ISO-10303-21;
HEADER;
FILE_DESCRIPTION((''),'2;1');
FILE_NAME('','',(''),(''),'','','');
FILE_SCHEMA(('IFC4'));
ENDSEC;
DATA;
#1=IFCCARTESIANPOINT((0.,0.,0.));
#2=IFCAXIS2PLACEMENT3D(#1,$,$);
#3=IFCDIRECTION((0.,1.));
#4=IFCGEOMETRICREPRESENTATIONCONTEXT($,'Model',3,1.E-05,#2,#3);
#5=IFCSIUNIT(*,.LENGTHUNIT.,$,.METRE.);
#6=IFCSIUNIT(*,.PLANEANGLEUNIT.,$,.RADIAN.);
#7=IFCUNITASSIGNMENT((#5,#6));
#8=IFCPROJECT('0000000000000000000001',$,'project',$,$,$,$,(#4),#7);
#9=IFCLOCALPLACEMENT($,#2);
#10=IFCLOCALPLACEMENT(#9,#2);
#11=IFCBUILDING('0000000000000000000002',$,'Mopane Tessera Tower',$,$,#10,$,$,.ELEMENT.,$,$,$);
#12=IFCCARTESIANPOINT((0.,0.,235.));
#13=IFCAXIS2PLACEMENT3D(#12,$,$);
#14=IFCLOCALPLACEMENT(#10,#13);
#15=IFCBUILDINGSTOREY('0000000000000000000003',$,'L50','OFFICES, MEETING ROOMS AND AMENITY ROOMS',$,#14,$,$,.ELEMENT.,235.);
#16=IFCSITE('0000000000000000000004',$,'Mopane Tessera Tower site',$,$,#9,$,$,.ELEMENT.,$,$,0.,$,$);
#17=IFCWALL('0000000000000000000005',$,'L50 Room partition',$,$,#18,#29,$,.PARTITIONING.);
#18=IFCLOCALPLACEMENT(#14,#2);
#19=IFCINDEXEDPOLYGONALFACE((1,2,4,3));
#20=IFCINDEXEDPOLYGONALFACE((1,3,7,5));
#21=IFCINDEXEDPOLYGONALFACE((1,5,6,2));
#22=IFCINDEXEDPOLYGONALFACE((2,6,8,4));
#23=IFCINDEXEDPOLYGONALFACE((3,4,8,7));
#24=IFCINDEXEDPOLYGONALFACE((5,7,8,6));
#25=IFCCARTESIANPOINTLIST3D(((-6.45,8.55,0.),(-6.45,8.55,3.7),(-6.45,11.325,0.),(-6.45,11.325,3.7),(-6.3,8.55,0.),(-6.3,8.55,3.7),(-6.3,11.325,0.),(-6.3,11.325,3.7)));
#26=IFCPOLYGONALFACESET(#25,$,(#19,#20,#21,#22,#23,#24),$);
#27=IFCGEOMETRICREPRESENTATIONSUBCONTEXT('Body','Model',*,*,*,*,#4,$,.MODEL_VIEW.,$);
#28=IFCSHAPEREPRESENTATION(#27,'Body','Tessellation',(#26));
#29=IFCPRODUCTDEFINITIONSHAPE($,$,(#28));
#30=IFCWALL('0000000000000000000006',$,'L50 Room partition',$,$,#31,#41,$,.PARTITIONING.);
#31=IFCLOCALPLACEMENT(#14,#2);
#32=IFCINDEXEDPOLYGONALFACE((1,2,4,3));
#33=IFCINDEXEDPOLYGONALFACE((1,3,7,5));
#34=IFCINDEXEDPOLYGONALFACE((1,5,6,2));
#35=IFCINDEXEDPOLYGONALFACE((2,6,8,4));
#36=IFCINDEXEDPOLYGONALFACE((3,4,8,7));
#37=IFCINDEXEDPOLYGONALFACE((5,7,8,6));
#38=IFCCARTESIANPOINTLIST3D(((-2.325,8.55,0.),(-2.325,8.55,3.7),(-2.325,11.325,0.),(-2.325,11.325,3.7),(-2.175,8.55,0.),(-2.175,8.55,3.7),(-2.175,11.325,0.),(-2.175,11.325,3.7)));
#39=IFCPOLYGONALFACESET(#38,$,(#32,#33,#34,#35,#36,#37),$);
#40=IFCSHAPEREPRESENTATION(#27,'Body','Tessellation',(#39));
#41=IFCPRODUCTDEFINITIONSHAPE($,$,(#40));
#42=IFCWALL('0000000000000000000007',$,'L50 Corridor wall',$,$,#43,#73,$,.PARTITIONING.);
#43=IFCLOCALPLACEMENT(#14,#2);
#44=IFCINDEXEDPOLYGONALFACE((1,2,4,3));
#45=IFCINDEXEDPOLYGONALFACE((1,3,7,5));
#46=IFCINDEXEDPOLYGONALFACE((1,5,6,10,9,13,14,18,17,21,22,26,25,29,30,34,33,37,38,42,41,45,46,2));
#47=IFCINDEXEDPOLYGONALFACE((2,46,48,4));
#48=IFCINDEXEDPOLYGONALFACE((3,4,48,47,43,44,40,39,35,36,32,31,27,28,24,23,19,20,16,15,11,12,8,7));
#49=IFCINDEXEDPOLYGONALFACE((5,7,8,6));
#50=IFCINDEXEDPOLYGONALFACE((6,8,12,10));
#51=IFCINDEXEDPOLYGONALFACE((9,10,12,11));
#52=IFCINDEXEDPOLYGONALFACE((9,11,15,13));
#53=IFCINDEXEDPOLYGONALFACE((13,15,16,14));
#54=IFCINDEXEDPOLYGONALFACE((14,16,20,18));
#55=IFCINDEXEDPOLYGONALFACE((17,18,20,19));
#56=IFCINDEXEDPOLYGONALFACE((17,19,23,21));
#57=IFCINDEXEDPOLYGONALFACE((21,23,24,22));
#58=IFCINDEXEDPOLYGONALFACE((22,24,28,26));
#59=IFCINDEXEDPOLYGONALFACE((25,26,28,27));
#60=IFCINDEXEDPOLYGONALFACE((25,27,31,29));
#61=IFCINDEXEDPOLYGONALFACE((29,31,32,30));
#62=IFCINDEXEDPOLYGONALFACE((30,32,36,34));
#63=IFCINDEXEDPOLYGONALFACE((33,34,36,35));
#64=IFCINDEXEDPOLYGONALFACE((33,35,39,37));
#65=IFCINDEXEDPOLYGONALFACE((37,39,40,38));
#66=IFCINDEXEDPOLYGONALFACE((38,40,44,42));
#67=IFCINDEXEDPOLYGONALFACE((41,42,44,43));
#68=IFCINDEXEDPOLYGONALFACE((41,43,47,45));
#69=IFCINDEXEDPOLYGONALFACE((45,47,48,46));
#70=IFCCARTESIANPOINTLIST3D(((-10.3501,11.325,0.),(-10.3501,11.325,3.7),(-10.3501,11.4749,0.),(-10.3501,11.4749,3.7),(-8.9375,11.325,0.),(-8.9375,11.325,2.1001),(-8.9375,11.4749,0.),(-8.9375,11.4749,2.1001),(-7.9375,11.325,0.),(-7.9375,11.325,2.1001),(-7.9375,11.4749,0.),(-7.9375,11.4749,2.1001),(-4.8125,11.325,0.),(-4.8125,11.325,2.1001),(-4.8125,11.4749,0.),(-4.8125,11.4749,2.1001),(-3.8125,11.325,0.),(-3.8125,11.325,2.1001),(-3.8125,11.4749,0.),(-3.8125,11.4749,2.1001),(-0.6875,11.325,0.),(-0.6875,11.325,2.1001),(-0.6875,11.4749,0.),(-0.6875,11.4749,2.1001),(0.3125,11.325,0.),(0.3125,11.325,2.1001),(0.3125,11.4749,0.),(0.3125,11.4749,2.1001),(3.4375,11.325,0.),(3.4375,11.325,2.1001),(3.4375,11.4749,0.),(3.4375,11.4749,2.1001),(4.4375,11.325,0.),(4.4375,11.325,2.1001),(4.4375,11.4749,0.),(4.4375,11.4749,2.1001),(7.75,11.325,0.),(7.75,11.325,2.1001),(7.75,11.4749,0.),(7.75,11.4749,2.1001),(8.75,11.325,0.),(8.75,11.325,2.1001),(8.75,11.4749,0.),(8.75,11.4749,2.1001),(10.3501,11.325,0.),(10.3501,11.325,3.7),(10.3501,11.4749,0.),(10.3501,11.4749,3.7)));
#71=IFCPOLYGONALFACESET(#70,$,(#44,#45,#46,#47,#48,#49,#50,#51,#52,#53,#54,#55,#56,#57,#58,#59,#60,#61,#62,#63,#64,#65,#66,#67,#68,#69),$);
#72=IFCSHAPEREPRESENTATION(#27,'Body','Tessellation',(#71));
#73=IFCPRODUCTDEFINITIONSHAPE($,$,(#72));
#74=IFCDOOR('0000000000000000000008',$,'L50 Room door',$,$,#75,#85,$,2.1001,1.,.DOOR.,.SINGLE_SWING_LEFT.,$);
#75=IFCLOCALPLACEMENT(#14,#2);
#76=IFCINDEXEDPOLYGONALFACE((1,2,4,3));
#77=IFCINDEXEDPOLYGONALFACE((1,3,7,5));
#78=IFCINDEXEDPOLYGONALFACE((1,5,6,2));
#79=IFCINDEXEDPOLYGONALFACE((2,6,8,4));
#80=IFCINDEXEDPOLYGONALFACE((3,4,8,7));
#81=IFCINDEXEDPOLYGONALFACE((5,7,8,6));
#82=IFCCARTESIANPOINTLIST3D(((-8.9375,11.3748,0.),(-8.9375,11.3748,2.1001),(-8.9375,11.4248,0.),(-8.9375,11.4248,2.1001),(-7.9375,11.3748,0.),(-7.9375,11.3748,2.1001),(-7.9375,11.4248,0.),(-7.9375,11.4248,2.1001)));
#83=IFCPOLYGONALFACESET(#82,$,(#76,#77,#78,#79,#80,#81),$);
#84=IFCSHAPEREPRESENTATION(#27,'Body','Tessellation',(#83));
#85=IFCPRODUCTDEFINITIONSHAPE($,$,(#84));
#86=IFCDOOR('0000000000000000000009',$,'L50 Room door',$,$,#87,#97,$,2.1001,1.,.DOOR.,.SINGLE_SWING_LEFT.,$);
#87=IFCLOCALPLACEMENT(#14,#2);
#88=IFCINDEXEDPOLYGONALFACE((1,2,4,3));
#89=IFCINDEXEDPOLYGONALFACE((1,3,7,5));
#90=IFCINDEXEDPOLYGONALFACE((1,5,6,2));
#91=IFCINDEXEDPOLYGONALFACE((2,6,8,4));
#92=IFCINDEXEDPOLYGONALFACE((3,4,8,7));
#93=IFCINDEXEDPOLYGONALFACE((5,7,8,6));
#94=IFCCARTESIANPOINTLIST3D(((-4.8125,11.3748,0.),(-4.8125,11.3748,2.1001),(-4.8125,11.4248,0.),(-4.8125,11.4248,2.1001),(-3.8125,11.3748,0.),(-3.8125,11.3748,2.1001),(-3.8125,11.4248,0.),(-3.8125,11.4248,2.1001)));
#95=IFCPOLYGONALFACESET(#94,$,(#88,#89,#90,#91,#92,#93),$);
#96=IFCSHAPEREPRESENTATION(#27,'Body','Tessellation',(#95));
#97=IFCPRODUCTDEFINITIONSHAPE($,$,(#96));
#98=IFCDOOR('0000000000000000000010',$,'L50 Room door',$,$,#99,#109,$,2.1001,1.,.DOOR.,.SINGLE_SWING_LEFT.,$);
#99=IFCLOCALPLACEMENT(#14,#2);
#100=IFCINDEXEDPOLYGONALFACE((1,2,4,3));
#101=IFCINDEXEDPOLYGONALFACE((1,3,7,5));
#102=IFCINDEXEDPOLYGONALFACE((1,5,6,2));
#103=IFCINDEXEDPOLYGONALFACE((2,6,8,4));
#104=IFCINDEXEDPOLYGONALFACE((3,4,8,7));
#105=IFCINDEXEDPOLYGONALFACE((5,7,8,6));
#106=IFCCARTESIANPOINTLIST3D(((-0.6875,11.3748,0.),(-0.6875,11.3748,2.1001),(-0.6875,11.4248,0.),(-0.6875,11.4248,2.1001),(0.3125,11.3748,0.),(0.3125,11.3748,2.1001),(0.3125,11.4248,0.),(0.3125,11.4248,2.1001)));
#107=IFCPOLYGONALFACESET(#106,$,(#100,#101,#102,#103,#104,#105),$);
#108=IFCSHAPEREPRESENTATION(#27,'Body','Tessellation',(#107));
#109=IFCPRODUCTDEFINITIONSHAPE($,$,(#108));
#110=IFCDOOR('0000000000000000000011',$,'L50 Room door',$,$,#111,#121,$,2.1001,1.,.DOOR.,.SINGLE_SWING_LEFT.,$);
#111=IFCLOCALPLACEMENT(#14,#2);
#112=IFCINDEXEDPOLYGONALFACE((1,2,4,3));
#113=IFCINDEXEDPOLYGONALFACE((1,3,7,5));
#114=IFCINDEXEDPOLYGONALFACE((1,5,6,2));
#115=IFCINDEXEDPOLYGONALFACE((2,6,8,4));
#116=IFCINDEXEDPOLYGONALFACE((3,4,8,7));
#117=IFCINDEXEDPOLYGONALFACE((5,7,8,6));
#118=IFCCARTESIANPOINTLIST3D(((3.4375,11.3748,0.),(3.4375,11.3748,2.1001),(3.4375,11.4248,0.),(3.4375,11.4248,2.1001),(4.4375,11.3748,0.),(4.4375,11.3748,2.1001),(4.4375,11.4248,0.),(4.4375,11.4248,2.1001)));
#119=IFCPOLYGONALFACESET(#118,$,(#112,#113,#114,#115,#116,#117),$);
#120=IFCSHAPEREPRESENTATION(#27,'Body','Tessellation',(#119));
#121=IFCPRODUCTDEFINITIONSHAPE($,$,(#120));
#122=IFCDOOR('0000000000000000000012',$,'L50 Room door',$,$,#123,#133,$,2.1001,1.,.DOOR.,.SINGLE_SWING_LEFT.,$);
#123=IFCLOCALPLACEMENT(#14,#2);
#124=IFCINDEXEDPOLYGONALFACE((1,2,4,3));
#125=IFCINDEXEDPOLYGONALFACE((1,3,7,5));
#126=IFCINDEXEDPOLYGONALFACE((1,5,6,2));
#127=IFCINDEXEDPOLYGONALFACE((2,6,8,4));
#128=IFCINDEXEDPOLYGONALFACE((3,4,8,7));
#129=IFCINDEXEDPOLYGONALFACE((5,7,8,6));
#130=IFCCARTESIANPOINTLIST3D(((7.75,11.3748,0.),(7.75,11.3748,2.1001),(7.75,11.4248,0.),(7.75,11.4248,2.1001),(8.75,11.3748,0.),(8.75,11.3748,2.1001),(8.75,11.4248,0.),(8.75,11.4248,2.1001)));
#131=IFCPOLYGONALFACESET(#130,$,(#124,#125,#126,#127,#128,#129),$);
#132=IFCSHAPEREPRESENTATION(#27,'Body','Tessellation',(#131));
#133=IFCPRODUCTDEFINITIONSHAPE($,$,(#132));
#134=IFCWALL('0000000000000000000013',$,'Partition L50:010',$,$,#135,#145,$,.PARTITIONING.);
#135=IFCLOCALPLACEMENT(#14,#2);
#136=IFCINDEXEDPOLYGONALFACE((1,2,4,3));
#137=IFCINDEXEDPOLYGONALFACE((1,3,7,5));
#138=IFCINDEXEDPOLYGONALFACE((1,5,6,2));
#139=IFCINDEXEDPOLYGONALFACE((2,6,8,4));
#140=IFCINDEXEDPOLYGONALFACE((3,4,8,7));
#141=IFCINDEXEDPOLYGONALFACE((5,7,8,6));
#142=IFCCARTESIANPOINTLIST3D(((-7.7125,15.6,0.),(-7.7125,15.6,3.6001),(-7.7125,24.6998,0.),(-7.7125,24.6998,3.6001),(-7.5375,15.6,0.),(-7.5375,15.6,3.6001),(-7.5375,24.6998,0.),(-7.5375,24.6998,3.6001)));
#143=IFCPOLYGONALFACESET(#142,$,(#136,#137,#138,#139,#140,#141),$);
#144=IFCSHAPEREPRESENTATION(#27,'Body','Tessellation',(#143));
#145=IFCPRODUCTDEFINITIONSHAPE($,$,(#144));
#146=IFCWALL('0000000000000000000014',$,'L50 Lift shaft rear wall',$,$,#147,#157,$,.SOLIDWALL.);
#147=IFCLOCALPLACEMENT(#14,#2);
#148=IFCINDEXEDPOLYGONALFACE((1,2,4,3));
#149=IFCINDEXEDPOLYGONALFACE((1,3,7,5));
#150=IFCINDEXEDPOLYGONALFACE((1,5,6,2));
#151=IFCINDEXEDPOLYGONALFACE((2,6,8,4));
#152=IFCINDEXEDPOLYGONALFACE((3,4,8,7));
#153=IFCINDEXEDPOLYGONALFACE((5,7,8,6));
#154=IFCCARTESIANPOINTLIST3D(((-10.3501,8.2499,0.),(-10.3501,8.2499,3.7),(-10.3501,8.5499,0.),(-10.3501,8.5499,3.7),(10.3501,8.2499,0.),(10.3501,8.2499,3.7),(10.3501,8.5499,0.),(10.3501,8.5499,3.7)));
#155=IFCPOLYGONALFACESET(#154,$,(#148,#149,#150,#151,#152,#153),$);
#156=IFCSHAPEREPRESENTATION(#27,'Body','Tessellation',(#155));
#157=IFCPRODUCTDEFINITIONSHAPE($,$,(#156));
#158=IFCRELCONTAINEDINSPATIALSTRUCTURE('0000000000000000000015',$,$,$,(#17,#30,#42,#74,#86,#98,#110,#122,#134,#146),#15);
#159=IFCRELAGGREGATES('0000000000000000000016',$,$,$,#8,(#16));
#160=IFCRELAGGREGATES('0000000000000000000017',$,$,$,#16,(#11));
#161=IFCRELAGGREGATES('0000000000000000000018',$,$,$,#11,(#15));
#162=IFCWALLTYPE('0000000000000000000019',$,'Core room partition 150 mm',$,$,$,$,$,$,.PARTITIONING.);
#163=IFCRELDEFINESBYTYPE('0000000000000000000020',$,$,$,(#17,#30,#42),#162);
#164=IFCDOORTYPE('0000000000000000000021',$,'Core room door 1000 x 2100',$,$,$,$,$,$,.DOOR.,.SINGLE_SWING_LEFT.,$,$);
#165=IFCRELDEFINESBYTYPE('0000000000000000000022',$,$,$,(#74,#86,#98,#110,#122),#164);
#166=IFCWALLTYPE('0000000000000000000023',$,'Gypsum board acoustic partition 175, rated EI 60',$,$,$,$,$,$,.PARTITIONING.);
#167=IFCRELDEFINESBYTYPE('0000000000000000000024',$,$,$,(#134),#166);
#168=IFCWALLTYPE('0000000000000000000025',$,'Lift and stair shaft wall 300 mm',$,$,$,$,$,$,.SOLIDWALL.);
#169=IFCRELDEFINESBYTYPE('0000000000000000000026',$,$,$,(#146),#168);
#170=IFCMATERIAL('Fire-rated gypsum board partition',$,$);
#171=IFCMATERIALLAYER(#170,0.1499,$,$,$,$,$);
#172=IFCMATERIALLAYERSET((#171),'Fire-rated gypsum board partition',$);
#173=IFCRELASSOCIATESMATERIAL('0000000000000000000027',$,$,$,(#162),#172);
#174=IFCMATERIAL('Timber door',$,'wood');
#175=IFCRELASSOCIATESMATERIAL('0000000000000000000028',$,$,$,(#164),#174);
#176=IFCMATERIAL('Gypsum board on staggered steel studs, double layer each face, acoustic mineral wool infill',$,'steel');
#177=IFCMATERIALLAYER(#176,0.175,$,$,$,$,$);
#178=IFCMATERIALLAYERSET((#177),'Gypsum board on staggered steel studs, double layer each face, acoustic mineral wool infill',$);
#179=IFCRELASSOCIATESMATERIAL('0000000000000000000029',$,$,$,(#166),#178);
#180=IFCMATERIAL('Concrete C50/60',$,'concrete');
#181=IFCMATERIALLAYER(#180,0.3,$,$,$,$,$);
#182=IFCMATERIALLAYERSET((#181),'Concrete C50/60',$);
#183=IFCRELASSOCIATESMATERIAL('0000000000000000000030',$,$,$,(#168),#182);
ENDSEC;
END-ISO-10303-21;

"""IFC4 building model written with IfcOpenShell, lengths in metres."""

from ifc_helpers import new_model, si_unit, direction, frame, frame_2d, origin, place, context, subcontext, project, spatial, rectangle, extrude, material, layer, layer_set, type_object, element, fill, save


model = new_model("IFC4")

# Units and contexts
model_context = context("Model", 3, precision=1e-05, world=origin(), true_north=direction((0.0, 1.0)))
body_context = subcontext(model_context, "Body", "Model", "MODEL_VIEW")
ifc_project = project(units=[si_unit("LENGTHUNIT", "METRE"), si_unit("PLANEANGLEUNIT", "RADIAN")], contexts=[model_context])

# Site, building, storey
site_placement = place(None, origin())
site = spatial("IfcSite", under=ifc_project, at=site_placement, Name="Mopane Tessera Tower site", CompositionType="ELEMENT", RefElevation=0.0)
building_placement = place(site_placement, origin())
building = spatial("IfcBuilding", under=site, at=building_placement, Name="Mopane Tessera Tower", CompositionType="ELEMENT")
storey_placement = place(building_placement, frame((0.0, 0.0, 235.0)))
storey = spatial("IfcBuildingStorey", under=building, at=storey_placement, Name="L50", Description="OFFICES, MEETING ROOMS AND AMENITY ROOMS", CompositionType="ELEMENT", Elevation=235.0)

# Walls
ifc_material_1 = material(Name="Fire-rated gypsum board partition")
ifc_layer_1 = layer(ifc_material_1, 0.1499)
ifc_layer_set_1 = layer_set([ifc_layer_1], Name="Fire-rated gypsum board partition")
wall_type_1 = type_object("IfcWallType", Name="Core room partition 150 mm", PredefinedType="PARTITIONING", material=ifc_layer_set_1)
for number, where, z_axis, x_axis, name in (
    (1, (-6.375, 8.55, 0.0), (0.0, 0.0, 1.0), (0.0, 1.0, 0.0), "L50 Room partition"),
    (2, (-2.25, 8.55, 0.0), (0.0, 0.0, 1.0), (0.0, 1.0, 0.0), "L50 Room partition"),
):
    element("IfcWall", number, at=place(storey_placement, frame(where, z_axis=z_axis, x_axis=x_axis)), inside=storey, type_object=wall_type_1, Name=name, PredefinedType="PARTITIONING", context=body_context, shape_type="SweptSolid", body=[
        extrude(rectangle(XDim=2.7749, YDim=0.1499, at=frame_2d((1.3875, 0.0))), origin(), (0.0, 0.0, 1.0), 3.7),
    ])

# Wall, openings, doors
wall_1_placement = place(storey_placement, frame((-10.3501, 11.3999, 0.0), z_axis=(0.0, 0.0, 1.0), x_axis=(1.0, 0.0, 0.0)))
wall_1 = element("IfcWall", 3, at=wall_1_placement, inside=storey, type_object=wall_type_1, Name="L50 Corridor wall", PredefinedType="PARTITIONING", context=body_context, shape_type="SweptSolid", body=[
    extrude(rectangle(XDim=20.7002, YDim=0.1499, at=frame_2d((10.3501, 0.0))), origin(), (0.0, 0.0, 1.0), 3.7),
])
opening_1_placement = place(wall_1_placement, frame((1.4126, 0.0, 0.0)))
opening_1 = element("IfcOpeningElement", 4, at=opening_1_placement, cuts=wall_1, PredefinedType="OPENING", context=body_context, shape_type="SweptSolid", body=[
    extrude(rectangle(XDim=1.0, YDim=2.1001, at=frame_2d((0.5, 1.05))), frame((0.0, 0.0869, 0.0), z_axis=(0.0, -1.0, 0.0), x_axis=(1.0, 0.0, 0.0)), (0.0, 0.0, 1.0), 0.1738),
])
opening_2_placement = place(wall_1_placement, frame((5.5376, 0.0, 0.0)))
opening_2 = element("IfcOpeningElement", 5, at=opening_2_placement, cuts=wall_1, PredefinedType="OPENING", context=body_context, shape_type="SweptSolid", body=[
    extrude(rectangle(XDim=1.0, YDim=2.1001, at=frame_2d((0.5, 1.05))), frame((0.0, 0.0869, 0.0), z_axis=(0.0, -1.0, 0.0), x_axis=(1.0, 0.0, 0.0)), (0.0, 0.0, 1.0), 0.1738),
])
opening_3_placement = place(wall_1_placement, frame((9.6626, 0.0, 0.0)))
opening_3 = element("IfcOpeningElement", 6, at=opening_3_placement, cuts=wall_1, PredefinedType="OPENING", context=body_context, shape_type="SweptSolid", body=[
    extrude(rectangle(XDim=1.0, YDim=2.1001, at=frame_2d((0.5, 1.05))), frame((0.0, 0.0869, 0.0), z_axis=(0.0, -1.0, 0.0), x_axis=(1.0, 0.0, 0.0)), (0.0, 0.0, 1.0), 0.1738),
])
opening_4_placement = place(wall_1_placement, frame((13.7876, 0.0, 0.0)))
opening_4 = element("IfcOpeningElement", 7, at=opening_4_placement, cuts=wall_1, PredefinedType="OPENING", context=body_context, shape_type="SweptSolid", body=[
    extrude(rectangle(XDim=1.0, YDim=2.1001, at=frame_2d((0.5, 1.05))), frame((0.0, 0.0869, 0.0), z_axis=(0.0, -1.0, 0.0), x_axis=(1.0, 0.0, 0.0)), (0.0, 0.0, 1.0), 0.1738),
])
opening_5_placement = place(wall_1_placement, frame((18.1001, 0.0, 0.0)))
opening_5 = element("IfcOpeningElement", 8, at=opening_5_placement, cuts=wall_1, PredefinedType="OPENING", context=body_context, shape_type="SweptSolid", body=[
    extrude(rectangle(XDim=1.0, YDim=2.1001, at=frame_2d((0.5, 1.05))), frame((0.0, 0.0869, 0.0), z_axis=(0.0, -1.0, 0.0), x_axis=(1.0, 0.0, 0.0)), (0.0, 0.0, 1.0), 0.1738),
])
ifc_material_2 = material(Name="Timber door", Category="wood")
door_type = type_object("IfcDoorType", Name="Core room door 1000 x 2100", OperationType="SINGLE_SWING_LEFT", PredefinedType="DOOR", material=ifc_material_2)
door_1_placement = place(opening_1_placement, origin())
door_1 = element("IfcDoor", 9, at=door_1_placement, inside=storey, type_object=door_type, Name="L50 Room door", OperationType="SINGLE_SWING_LEFT", OverallHeight=2.1001, OverallWidth=1.0, PredefinedType="DOOR", context=body_context, shape_type="SweptSolid", body=[
    extrude(rectangle(XDim=1.0, YDim=2.1001, at=frame_2d((0.5, 1.05))), frame((0.0, 0.0249, 0.0), z_axis=(0.0, -1.0, 0.0), x_axis=(1.0, 0.0, 0.0)), (0.0, 0.0, 1.0), 0.05),
])
fill(opening_1, door_1)
door_2_placement = place(opening_2_placement, origin())
door_2 = element("IfcDoor", 10, at=door_2_placement, inside=storey, type_object=door_type, Name="L50 Room door", OperationType="SINGLE_SWING_LEFT", OverallHeight=2.1001, OverallWidth=1.0, PredefinedType="DOOR", context=body_context, shape_type="SweptSolid", body=[
    extrude(rectangle(XDim=1.0, YDim=2.1001, at=frame_2d((0.5, 1.05))), frame((0.0, 0.0249, 0.0), z_axis=(0.0, -1.0, 0.0), x_axis=(1.0, 0.0, 0.0)), (0.0, 0.0, 1.0), 0.05),
])
fill(opening_2, door_2)
door_3_placement = place(opening_3_placement, origin())
door_3 = element("IfcDoor", 11, at=door_3_placement, inside=storey, type_object=door_type, Name="L50 Room door", OperationType="SINGLE_SWING_LEFT", OverallHeight=2.1001, OverallWidth=1.0, PredefinedType="DOOR", context=body_context, shape_type="SweptSolid", body=[
    extrude(rectangle(XDim=1.0, YDim=2.1001, at=frame_2d((0.5, 1.05))), frame((0.0, 0.0249, 0.0), z_axis=(0.0, -1.0, 0.0), x_axis=(1.0, 0.0, 0.0)), (0.0, 0.0, 1.0), 0.05),
])
fill(opening_3, door_3)
door_4_placement = place(opening_4_placement, origin())
door_4 = element("IfcDoor", 12, at=door_4_placement, inside=storey, type_object=door_type, Name="L50 Room door", OperationType="SINGLE_SWING_LEFT", OverallHeight=2.1001, OverallWidth=1.0, PredefinedType="DOOR", context=body_context, shape_type="SweptSolid", body=[
    extrude(rectangle(XDim=1.0, YDim=2.1001, at=frame_2d((0.5, 1.05))), frame((0.0, 0.0249, 0.0), z_axis=(0.0, -1.0, 0.0), x_axis=(1.0, 0.0, 0.0)), (0.0, 0.0, 1.0), 0.05),
])
fill(opening_4, door_4)
door_5_placement = place(opening_5_placement, origin())
door_5 = element("IfcDoor", 13, at=door_5_placement, inside=storey, type_object=door_type, Name="L50 Room door", OperationType="SINGLE_SWING_LEFT", OverallHeight=2.1001, OverallWidth=1.0, PredefinedType="DOOR", context=body_context, shape_type="SweptSolid", body=[
    extrude(rectangle(XDim=1.0, YDim=2.1001, at=frame_2d((0.5, 1.05))), frame((0.0, 0.0249, 0.0), z_axis=(0.0, -1.0, 0.0), x_axis=(1.0, 0.0, 0.0)), (0.0, 0.0, 1.0), 0.05),
])
fill(opening_5, door_5)

# Walls
ifc_material_3 = material(Name="Gypsum board on staggered steel studs, double layer each face, acoustic mineral wool infill", Category="steel")
ifc_layer_2 = layer(ifc_material_3, 0.175)
ifc_layer_set_2 = layer_set([ifc_layer_2], Name="Gypsum board on staggered steel studs, double layer each face, acoustic mineral wool infill")
wall_type_2 = type_object("IfcWallType", Name="Gypsum board acoustic partition 175, rated EI 60", PredefinedType="PARTITIONING", material=ifc_layer_set_2)
wall_2_placement = place(storey_placement, frame((-7.625, 15.6001, 0.0), z_axis=(0.0, 0.0, 1.0), x_axis=(0.0, 1.0, 0.0)))
element("IfcWall", 14, at=wall_2_placement, inside=storey, type_object=wall_type_2, Name="Partition L50:010", PredefinedType="PARTITIONING", context=body_context, shape_type="SweptSolid", body=[
    extrude(rectangle(XDim=9.0999, YDim=0.175, at=frame_2d((4.5498, 0.0))), origin(), (0.0, 0.0, 1.0), 3.6001),
])
ifc_material_4 = material(Name="Concrete C50/60", Category="concrete")
ifc_layer_3 = layer(ifc_material_4, 0.3)
ifc_layer_set_3 = layer_set([ifc_layer_3], Name="Concrete C50/60")
wall_type_3 = type_object("IfcWallType", Name="Lift and stair shaft wall 300 mm", PredefinedType="SOLIDWALL", material=ifc_layer_set_3)
wall_3_placement = place(storey_placement, frame((-10.3501, 8.3999, 0.0), z_axis=(0.0, 0.0, 1.0), x_axis=(1.0, 0.0, 0.0)))
element("IfcWall", 15, at=wall_3_placement, inside=storey, type_object=wall_type_3, Name="L50 Lift shaft rear wall", PredefinedType="SOLIDWALL", context=body_context, shape_type="SweptSolid", body=[
    extrude(rectangle(XDim=20.7002, YDim=0.3, at=frame_2d((10.3501, 0.0))), origin(), (0.0, 0.0, 1.0), 3.7),
])

save(model, "model.ifc")
